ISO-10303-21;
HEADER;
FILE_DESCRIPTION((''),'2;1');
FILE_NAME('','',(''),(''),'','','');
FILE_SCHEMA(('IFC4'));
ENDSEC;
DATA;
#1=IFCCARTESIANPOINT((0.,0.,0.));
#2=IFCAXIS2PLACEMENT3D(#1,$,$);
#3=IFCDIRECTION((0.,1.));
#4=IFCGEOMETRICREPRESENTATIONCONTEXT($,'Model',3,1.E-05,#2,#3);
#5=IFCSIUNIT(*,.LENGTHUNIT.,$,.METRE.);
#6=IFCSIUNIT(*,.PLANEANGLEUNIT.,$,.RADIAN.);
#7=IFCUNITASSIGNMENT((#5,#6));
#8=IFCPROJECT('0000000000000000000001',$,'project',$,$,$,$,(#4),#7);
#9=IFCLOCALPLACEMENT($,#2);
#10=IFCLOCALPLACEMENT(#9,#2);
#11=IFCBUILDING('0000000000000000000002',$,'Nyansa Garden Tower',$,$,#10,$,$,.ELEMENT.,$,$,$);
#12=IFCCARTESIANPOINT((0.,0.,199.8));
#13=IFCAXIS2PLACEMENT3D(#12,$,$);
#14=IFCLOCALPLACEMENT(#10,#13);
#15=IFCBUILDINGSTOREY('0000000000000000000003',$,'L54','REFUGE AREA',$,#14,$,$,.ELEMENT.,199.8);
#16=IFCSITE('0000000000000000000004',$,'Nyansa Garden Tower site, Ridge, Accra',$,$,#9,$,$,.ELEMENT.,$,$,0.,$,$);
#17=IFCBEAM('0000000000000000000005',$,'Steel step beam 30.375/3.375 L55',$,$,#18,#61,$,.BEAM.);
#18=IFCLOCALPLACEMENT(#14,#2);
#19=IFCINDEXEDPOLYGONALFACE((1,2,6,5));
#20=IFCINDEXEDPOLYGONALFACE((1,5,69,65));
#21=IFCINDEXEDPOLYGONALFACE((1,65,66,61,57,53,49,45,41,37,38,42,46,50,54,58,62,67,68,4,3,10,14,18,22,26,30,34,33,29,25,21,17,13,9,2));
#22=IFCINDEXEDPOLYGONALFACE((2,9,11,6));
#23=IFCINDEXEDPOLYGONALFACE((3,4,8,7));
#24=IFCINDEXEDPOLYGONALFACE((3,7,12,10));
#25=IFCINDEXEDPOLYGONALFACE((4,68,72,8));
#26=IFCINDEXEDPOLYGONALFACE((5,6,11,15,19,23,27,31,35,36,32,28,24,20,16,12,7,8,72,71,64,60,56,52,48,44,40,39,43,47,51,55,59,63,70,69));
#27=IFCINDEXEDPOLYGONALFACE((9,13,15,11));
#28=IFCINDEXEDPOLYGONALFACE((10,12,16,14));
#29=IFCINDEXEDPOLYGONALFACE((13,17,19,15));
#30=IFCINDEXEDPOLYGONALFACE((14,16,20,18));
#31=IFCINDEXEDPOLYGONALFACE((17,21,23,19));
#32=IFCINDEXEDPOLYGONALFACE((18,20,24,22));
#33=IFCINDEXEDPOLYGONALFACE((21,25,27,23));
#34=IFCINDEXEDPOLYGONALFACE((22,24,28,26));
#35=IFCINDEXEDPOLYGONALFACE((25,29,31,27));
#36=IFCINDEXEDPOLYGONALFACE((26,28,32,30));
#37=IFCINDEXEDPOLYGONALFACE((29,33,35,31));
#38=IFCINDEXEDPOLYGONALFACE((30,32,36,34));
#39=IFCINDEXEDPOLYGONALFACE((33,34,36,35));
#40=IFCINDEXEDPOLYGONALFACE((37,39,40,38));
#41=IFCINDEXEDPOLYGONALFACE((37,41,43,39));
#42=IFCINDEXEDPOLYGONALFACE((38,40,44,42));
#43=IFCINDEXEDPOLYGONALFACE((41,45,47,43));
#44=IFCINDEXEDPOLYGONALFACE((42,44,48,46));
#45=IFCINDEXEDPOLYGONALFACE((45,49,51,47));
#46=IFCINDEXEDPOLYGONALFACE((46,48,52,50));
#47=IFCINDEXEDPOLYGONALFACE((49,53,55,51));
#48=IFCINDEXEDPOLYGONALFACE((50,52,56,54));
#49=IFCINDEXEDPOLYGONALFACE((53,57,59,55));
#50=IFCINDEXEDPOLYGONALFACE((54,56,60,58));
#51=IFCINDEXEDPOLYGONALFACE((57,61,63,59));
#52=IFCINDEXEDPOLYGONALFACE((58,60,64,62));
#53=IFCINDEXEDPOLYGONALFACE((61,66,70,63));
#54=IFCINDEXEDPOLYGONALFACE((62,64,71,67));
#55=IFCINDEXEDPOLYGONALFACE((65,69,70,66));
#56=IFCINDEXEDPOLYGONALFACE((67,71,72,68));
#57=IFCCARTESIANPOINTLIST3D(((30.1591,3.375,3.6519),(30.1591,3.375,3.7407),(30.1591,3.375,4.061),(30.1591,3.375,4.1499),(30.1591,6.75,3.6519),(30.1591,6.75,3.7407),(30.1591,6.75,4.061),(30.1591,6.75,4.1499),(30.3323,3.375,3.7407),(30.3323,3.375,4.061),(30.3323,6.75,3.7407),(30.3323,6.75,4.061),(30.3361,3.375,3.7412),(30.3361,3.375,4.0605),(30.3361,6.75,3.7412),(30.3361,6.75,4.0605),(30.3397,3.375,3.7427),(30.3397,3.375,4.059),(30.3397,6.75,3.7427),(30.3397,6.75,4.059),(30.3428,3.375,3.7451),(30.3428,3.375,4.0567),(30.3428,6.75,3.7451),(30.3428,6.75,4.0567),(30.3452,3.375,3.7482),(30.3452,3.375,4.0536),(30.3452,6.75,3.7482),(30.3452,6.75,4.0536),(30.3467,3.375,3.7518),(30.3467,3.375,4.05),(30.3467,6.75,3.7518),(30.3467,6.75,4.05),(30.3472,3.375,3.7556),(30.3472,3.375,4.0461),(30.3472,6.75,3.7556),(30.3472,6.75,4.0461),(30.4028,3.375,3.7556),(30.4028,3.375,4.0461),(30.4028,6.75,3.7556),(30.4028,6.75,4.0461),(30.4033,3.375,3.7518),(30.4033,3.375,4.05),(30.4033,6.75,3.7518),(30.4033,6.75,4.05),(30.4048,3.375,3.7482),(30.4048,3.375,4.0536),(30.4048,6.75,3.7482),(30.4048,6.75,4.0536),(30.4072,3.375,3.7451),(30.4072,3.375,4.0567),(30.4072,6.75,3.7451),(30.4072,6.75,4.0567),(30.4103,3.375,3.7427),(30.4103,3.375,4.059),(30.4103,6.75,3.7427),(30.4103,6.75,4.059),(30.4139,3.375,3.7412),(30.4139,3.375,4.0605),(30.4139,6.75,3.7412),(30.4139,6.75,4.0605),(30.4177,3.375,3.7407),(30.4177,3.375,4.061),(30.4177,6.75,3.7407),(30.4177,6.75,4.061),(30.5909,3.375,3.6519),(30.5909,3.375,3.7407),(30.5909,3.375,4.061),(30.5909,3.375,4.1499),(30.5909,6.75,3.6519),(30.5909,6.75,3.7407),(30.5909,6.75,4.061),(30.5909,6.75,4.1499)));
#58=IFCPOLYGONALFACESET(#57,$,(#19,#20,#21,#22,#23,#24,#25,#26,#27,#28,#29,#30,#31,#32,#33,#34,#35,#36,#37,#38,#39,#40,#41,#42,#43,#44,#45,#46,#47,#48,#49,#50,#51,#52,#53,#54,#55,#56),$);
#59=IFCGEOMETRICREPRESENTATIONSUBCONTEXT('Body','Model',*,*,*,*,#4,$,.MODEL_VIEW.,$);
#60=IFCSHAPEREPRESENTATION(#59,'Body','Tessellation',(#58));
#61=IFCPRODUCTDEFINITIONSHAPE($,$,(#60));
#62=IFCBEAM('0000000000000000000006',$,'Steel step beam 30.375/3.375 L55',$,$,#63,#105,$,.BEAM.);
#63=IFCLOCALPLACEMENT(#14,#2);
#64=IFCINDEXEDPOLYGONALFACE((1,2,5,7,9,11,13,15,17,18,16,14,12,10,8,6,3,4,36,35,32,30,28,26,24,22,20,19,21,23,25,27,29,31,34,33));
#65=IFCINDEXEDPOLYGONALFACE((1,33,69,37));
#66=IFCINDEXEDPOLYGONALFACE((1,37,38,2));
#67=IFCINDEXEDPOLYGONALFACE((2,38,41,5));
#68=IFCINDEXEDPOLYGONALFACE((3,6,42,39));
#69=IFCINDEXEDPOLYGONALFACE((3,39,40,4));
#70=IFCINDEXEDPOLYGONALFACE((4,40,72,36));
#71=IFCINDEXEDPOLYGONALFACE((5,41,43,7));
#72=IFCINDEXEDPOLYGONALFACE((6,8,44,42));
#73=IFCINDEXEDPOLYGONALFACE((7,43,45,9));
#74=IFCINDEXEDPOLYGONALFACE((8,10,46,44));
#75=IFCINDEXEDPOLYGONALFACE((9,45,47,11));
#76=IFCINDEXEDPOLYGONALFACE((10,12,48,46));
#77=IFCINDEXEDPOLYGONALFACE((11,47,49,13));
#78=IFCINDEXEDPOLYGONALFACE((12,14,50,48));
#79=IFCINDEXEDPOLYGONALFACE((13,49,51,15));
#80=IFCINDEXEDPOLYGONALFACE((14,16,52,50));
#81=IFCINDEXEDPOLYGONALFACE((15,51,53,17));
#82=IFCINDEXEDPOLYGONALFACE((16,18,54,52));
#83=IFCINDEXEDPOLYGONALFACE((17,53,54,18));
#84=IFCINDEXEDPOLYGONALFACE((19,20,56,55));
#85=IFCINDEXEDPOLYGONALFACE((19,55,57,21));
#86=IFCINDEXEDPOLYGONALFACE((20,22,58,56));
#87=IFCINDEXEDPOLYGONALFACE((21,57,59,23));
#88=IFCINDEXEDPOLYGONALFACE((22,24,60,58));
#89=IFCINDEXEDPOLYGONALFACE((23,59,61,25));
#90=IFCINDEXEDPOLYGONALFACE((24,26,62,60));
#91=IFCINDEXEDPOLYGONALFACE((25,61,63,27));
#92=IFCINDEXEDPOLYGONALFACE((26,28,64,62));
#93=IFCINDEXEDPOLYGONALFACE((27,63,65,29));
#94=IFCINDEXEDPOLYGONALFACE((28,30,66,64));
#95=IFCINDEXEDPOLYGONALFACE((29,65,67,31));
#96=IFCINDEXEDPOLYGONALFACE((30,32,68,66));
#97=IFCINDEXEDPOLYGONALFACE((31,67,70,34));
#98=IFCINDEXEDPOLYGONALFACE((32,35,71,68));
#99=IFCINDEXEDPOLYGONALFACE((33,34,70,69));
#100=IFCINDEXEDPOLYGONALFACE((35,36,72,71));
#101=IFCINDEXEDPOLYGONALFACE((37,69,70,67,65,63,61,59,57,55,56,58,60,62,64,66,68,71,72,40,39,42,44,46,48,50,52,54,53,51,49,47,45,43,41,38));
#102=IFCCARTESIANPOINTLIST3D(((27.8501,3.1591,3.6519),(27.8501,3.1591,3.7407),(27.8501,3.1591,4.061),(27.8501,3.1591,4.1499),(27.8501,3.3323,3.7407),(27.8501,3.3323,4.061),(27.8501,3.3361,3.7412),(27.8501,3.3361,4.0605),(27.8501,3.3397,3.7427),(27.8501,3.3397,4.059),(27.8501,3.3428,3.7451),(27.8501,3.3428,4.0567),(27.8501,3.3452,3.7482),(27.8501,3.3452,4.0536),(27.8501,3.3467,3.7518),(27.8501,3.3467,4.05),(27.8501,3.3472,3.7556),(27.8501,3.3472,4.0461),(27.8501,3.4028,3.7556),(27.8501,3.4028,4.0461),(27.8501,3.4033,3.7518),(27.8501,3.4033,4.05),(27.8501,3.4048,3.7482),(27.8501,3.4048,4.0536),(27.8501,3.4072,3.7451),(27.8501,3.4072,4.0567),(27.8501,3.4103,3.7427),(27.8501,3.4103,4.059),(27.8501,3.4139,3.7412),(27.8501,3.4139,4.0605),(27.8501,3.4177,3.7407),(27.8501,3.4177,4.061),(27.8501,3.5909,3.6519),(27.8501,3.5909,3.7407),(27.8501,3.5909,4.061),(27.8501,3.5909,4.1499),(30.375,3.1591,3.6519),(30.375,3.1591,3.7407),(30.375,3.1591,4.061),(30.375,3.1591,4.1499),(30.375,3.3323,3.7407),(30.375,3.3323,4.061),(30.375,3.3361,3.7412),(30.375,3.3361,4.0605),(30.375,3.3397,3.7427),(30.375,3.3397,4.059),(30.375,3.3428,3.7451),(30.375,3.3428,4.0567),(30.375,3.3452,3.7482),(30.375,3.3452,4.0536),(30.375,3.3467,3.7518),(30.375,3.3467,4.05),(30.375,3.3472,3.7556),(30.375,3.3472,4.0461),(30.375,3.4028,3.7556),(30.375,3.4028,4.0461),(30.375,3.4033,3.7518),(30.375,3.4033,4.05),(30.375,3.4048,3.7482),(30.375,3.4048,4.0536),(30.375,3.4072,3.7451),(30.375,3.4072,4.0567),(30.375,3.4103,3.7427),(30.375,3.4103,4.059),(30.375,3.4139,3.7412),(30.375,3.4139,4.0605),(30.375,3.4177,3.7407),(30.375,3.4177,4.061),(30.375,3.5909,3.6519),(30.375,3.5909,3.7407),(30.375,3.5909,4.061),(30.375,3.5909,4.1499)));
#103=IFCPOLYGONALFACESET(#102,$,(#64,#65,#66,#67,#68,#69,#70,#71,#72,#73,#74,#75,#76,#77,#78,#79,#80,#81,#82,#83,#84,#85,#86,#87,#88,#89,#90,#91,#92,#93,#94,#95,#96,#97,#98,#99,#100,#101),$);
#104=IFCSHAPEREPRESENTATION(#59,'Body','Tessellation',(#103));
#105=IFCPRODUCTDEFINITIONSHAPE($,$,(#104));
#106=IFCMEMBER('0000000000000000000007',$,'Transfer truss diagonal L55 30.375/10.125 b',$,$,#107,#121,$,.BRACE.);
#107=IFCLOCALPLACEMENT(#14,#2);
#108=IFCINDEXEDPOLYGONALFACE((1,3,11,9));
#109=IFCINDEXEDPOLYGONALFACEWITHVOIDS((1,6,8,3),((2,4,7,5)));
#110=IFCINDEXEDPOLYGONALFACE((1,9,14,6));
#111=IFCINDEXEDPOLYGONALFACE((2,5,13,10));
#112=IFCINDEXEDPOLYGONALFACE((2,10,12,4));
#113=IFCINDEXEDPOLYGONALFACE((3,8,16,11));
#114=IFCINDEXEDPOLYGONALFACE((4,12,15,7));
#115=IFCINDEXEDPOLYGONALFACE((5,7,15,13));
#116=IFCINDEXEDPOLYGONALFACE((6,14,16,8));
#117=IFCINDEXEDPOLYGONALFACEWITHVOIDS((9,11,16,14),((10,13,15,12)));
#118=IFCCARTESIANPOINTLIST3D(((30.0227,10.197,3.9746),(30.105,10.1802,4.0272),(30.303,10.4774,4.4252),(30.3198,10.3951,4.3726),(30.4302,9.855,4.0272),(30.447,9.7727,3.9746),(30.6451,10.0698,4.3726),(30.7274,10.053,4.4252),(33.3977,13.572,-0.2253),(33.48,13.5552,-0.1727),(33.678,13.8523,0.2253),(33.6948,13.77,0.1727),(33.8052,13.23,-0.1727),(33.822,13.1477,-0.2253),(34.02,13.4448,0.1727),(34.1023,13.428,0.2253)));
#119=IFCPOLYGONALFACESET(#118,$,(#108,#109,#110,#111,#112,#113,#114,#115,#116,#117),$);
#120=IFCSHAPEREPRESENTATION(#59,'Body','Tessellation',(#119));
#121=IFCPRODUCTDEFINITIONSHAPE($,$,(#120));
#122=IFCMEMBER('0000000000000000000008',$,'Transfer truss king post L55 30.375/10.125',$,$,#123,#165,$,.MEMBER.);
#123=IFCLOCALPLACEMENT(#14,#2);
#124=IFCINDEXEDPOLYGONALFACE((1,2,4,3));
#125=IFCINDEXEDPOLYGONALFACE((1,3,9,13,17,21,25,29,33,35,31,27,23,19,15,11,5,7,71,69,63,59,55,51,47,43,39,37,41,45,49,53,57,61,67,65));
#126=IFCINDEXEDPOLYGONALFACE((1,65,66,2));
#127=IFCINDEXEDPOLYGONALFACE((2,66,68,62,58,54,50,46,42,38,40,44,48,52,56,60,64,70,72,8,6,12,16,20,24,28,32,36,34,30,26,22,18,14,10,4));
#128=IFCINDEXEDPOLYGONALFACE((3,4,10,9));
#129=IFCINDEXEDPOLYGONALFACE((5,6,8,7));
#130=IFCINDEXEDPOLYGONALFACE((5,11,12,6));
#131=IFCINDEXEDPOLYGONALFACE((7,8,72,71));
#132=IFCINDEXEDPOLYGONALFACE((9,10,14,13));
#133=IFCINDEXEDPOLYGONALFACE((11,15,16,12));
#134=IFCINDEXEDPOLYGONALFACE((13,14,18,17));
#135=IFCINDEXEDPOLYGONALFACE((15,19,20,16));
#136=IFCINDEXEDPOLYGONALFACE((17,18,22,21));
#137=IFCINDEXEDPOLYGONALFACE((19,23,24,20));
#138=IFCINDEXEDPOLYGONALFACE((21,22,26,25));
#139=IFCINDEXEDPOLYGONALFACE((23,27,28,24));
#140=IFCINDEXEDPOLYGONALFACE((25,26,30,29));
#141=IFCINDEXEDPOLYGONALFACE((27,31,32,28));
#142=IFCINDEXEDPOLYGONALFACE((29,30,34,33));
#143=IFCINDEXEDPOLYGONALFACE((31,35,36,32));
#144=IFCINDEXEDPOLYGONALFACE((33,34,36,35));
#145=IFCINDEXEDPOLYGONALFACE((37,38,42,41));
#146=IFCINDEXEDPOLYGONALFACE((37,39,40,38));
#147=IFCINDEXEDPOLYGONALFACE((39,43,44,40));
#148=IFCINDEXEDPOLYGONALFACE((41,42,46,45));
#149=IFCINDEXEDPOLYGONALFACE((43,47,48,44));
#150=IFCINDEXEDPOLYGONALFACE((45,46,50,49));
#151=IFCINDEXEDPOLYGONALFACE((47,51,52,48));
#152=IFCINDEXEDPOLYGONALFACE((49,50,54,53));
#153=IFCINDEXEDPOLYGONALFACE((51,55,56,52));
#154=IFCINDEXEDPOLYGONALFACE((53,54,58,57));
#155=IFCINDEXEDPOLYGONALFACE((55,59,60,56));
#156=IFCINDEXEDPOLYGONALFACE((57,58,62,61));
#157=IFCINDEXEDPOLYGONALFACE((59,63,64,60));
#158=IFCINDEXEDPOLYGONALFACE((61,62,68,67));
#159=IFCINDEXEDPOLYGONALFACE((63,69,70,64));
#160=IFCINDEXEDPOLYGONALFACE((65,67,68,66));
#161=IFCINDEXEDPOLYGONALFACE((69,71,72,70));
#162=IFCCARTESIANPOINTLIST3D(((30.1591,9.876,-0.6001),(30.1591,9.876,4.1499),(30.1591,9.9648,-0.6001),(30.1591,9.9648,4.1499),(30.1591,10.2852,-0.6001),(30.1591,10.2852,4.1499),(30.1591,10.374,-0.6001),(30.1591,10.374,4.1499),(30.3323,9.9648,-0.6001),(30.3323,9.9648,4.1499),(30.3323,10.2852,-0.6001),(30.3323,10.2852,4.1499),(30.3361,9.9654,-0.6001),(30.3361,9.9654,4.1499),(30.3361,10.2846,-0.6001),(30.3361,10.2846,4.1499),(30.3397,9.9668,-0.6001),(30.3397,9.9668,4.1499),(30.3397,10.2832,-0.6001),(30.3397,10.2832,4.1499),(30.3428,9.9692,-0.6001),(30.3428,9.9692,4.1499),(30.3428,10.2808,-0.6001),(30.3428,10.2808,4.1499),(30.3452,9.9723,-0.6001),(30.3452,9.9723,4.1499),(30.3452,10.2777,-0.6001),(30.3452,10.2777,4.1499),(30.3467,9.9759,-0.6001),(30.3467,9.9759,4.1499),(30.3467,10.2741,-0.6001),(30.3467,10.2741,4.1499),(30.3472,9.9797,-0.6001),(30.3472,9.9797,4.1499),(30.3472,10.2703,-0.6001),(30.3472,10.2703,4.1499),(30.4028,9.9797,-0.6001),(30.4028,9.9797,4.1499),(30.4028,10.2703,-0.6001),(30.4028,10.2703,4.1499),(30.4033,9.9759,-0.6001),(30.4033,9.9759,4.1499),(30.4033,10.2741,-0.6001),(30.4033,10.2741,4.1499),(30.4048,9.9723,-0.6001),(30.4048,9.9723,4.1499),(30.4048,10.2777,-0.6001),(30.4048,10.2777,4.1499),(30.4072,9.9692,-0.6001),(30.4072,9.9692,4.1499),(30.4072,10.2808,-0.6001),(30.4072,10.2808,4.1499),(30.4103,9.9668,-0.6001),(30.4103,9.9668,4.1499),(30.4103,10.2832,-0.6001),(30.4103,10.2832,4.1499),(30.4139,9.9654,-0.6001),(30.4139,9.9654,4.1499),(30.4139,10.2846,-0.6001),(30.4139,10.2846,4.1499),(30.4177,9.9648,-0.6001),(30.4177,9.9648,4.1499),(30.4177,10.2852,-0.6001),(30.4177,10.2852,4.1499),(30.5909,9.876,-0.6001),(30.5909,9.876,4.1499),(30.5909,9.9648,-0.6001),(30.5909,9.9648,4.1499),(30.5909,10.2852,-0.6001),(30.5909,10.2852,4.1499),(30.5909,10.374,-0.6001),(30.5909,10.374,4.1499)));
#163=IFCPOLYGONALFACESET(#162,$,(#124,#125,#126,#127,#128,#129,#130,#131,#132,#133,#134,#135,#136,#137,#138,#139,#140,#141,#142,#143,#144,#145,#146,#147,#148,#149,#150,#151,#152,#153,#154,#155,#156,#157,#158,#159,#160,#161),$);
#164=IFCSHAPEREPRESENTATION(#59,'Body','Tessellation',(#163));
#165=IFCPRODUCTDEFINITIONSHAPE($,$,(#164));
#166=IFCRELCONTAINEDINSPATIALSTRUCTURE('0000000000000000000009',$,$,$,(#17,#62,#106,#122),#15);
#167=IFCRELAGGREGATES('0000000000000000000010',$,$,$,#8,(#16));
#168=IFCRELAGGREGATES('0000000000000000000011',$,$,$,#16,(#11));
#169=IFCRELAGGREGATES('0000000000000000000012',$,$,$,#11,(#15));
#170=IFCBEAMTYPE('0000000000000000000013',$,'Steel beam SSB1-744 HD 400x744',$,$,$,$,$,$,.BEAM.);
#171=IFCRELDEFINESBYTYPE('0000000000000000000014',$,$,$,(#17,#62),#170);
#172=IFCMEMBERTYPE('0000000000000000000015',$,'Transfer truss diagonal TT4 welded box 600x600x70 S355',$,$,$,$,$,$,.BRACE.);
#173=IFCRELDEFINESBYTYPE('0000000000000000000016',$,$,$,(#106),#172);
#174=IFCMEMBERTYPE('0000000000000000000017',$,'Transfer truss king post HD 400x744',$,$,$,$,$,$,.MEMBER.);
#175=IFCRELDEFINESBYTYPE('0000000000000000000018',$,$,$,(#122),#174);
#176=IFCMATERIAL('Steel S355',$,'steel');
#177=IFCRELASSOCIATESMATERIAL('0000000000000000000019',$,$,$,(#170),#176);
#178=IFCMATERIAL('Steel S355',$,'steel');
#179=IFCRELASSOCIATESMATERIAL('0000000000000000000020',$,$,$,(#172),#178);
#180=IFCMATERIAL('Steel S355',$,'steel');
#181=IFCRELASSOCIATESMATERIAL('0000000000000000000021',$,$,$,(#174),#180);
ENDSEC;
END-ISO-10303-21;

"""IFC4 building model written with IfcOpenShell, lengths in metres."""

from ifc_helpers import new_model, si_unit, direction, frame, origin, origin_2d, place, context, subcontext, project, spatial, hollow_rectangle, i_section, extrude, material, material_profile, profile_set, type_object, element, save


model = new_model("IFC4")

# Units and contexts
model_context = context("Model", 3, precision=1e-05, world=origin(), true_north=direction((0.0, 1.0)))
body_context = subcontext(model_context, "Body", "Model", "MODEL_VIEW")
ifc_project = project(units=[si_unit("LENGTHUNIT", "METRE"), si_unit("PLANEANGLEUNIT", "RADIAN")], contexts=[model_context])

# Site, building, storey
site_placement = place(None, origin())
site = spatial("IfcSite", under=ifc_project, at=site_placement, Name="Nyansa Garden Tower site, Ridge, Accra", CompositionType="ELEMENT", RefElevation=0.0)
building_placement = place(site_placement, origin())
building = spatial("IfcBuilding", under=site, at=building_placement, Name="Nyansa Garden Tower", CompositionType="ELEMENT")
storey_placement = place(building_placement, frame((0.0, 0.0, 199.8)))
storey = spatial("IfcBuildingStorey", under=building, at=storey_placement, Name="L54", Description="REFUGE AREA", CompositionType="ELEMENT", Elevation=199.8)

# Beams
ifc_material_1 = material(Name="Steel S355", Category="steel")
ifc_material_profile_1 = material_profile(ifc_material_1, i_section(OverallWidth=0.4319, OverallDepth=0.498, WebThickness=0.0557, FlangeThickness=0.0889, FilletRadius=0.0149, at=origin_2d()), Name="HD 400x744")
ifc_profile_set_1 = profile_set([ifc_material_profile_1], Name="Steel S355")
beam_type_1 = type_object("IfcBeamType", Name="Steel beam SSB1-744 HD 400x744", PredefinedType="BEAM", material=ifc_profile_set_1)
beam_1_placement = place(storey_placement, frame((30.375, 3.375, 3.9009), z_axis=(0.0, 1.0, 0.0), x_axis=(-1.0, 0.0, 0.0)))
element("IfcBeam", 1, at=beam_1_placement, inside=storey, type_object=beam_type_1, Name="Steel step beam 30.375/3.375 L55", PredefinedType="BEAM", context=body_context, shape_type="SweptSolid", body=[
    extrude(i_section(OverallWidth=0.4319, OverallDepth=0.498, WebThickness=0.0557, FlangeThickness=0.0889, FilletRadius=0.0149, at=origin_2d()), origin(), (0.0, 0.0, 1.0), 3.375),
])
beam_2_placement = place(storey_placement, frame((30.375, 3.375, 3.9009), z_axis=(-1.0, 0.0, 0.0), x_axis=(0.0, -1.0, 0.0)))
element("IfcBeam", 2, at=beam_2_placement, inside=storey, type_object=beam_type_1, Name="Steel step beam 30.375/3.375 L55", PredefinedType="BEAM", context=body_context, shape_type="SweptSolid", body=[
    extrude(i_section(OverallWidth=0.4319, OverallDepth=0.498, WebThickness=0.0557, FlangeThickness=0.0889, FilletRadius=0.0149, at=origin_2d()), origin(), (0.0, 0.0, 1.0), 2.5249),
])

# Members
ifc_material_2 = material(Name="Steel S355", Category="steel")
ifc_material_profile_2 = material_profile(ifc_material_2, hollow_rectangle(XDim=0.6001, YDim=0.6001, WallThickness=0.0701, at=origin_2d()), Name="Welded box 600x600x70")
ifc_profile_set_2 = profile_set([ifc_material_profile_2], Name="Steel S355")
member_type_1 = type_object("IfcMemberType", Name="Transfer truss diagonal TT4 welded box 600x600x70 S355", PredefinedType="BRACE", material=ifc_profile_set_2)
member_1_placement = place(storey_placement, frame((33.75, 13.5, 0.0), z_axis=(-0.530849, -0.530849, 0.660605), x_axis=(0.707107, -0.707107, 0.0)))
element("IfcMember", 3, at=member_1_placement, inside=storey, type_object=member_type_1, Name="Transfer truss diagonal L55 30.375/10.125 b", PredefinedType="BRACE", context=body_context, shape_type="SweptSolid", body=[
    extrude(hollow_rectangle(XDim=0.6001, YDim=0.6001, WallThickness=0.0701, at=origin_2d()), origin(), (0.0, 0.0, 1.0), 6.3577),
])
ifc_material_3 = material(Name="Steel S355", Category="steel")
ifc_material_profile_3 = material_profile(ifc_material_3, i_section(OverallWidth=0.4319, OverallDepth=0.498, WebThickness=0.0557, FlangeThickness=0.0889, FilletRadius=0.0149, at=origin_2d()), Name="HD 400x744")
ifc_profile_set_3 = profile_set([ifc_material_profile_3], Name="Steel S355")
member_type_2 = type_object("IfcMemberType", Name="Transfer truss king post HD 400x744", PredefinedType="MEMBER", material=ifc_profile_set_3)
member_2_placement = place(storey_placement, frame((30.375, 10.125, -0.6001), z_axis=(0.0, 0.0, 1.0), x_axis=(1.0, 0.0, 0.0)))
element("IfcMember", 4, at=member_2_placement, inside=storey, type_object=member_type_2, Name="Transfer truss king post L55 30.375/10.125", PredefinedType="MEMBER", context=body_context, shape_type="SweptSolid", body=[
    extrude(i_section(OverallWidth=0.4319, OverallDepth=0.498, WebThickness=0.0557, FlangeThickness=0.0889, FilletRadius=0.0149, at=origin_2d()), origin(), (0.0, 0.0, 1.0), 4.75),
])

save(model, "model.ifc")
